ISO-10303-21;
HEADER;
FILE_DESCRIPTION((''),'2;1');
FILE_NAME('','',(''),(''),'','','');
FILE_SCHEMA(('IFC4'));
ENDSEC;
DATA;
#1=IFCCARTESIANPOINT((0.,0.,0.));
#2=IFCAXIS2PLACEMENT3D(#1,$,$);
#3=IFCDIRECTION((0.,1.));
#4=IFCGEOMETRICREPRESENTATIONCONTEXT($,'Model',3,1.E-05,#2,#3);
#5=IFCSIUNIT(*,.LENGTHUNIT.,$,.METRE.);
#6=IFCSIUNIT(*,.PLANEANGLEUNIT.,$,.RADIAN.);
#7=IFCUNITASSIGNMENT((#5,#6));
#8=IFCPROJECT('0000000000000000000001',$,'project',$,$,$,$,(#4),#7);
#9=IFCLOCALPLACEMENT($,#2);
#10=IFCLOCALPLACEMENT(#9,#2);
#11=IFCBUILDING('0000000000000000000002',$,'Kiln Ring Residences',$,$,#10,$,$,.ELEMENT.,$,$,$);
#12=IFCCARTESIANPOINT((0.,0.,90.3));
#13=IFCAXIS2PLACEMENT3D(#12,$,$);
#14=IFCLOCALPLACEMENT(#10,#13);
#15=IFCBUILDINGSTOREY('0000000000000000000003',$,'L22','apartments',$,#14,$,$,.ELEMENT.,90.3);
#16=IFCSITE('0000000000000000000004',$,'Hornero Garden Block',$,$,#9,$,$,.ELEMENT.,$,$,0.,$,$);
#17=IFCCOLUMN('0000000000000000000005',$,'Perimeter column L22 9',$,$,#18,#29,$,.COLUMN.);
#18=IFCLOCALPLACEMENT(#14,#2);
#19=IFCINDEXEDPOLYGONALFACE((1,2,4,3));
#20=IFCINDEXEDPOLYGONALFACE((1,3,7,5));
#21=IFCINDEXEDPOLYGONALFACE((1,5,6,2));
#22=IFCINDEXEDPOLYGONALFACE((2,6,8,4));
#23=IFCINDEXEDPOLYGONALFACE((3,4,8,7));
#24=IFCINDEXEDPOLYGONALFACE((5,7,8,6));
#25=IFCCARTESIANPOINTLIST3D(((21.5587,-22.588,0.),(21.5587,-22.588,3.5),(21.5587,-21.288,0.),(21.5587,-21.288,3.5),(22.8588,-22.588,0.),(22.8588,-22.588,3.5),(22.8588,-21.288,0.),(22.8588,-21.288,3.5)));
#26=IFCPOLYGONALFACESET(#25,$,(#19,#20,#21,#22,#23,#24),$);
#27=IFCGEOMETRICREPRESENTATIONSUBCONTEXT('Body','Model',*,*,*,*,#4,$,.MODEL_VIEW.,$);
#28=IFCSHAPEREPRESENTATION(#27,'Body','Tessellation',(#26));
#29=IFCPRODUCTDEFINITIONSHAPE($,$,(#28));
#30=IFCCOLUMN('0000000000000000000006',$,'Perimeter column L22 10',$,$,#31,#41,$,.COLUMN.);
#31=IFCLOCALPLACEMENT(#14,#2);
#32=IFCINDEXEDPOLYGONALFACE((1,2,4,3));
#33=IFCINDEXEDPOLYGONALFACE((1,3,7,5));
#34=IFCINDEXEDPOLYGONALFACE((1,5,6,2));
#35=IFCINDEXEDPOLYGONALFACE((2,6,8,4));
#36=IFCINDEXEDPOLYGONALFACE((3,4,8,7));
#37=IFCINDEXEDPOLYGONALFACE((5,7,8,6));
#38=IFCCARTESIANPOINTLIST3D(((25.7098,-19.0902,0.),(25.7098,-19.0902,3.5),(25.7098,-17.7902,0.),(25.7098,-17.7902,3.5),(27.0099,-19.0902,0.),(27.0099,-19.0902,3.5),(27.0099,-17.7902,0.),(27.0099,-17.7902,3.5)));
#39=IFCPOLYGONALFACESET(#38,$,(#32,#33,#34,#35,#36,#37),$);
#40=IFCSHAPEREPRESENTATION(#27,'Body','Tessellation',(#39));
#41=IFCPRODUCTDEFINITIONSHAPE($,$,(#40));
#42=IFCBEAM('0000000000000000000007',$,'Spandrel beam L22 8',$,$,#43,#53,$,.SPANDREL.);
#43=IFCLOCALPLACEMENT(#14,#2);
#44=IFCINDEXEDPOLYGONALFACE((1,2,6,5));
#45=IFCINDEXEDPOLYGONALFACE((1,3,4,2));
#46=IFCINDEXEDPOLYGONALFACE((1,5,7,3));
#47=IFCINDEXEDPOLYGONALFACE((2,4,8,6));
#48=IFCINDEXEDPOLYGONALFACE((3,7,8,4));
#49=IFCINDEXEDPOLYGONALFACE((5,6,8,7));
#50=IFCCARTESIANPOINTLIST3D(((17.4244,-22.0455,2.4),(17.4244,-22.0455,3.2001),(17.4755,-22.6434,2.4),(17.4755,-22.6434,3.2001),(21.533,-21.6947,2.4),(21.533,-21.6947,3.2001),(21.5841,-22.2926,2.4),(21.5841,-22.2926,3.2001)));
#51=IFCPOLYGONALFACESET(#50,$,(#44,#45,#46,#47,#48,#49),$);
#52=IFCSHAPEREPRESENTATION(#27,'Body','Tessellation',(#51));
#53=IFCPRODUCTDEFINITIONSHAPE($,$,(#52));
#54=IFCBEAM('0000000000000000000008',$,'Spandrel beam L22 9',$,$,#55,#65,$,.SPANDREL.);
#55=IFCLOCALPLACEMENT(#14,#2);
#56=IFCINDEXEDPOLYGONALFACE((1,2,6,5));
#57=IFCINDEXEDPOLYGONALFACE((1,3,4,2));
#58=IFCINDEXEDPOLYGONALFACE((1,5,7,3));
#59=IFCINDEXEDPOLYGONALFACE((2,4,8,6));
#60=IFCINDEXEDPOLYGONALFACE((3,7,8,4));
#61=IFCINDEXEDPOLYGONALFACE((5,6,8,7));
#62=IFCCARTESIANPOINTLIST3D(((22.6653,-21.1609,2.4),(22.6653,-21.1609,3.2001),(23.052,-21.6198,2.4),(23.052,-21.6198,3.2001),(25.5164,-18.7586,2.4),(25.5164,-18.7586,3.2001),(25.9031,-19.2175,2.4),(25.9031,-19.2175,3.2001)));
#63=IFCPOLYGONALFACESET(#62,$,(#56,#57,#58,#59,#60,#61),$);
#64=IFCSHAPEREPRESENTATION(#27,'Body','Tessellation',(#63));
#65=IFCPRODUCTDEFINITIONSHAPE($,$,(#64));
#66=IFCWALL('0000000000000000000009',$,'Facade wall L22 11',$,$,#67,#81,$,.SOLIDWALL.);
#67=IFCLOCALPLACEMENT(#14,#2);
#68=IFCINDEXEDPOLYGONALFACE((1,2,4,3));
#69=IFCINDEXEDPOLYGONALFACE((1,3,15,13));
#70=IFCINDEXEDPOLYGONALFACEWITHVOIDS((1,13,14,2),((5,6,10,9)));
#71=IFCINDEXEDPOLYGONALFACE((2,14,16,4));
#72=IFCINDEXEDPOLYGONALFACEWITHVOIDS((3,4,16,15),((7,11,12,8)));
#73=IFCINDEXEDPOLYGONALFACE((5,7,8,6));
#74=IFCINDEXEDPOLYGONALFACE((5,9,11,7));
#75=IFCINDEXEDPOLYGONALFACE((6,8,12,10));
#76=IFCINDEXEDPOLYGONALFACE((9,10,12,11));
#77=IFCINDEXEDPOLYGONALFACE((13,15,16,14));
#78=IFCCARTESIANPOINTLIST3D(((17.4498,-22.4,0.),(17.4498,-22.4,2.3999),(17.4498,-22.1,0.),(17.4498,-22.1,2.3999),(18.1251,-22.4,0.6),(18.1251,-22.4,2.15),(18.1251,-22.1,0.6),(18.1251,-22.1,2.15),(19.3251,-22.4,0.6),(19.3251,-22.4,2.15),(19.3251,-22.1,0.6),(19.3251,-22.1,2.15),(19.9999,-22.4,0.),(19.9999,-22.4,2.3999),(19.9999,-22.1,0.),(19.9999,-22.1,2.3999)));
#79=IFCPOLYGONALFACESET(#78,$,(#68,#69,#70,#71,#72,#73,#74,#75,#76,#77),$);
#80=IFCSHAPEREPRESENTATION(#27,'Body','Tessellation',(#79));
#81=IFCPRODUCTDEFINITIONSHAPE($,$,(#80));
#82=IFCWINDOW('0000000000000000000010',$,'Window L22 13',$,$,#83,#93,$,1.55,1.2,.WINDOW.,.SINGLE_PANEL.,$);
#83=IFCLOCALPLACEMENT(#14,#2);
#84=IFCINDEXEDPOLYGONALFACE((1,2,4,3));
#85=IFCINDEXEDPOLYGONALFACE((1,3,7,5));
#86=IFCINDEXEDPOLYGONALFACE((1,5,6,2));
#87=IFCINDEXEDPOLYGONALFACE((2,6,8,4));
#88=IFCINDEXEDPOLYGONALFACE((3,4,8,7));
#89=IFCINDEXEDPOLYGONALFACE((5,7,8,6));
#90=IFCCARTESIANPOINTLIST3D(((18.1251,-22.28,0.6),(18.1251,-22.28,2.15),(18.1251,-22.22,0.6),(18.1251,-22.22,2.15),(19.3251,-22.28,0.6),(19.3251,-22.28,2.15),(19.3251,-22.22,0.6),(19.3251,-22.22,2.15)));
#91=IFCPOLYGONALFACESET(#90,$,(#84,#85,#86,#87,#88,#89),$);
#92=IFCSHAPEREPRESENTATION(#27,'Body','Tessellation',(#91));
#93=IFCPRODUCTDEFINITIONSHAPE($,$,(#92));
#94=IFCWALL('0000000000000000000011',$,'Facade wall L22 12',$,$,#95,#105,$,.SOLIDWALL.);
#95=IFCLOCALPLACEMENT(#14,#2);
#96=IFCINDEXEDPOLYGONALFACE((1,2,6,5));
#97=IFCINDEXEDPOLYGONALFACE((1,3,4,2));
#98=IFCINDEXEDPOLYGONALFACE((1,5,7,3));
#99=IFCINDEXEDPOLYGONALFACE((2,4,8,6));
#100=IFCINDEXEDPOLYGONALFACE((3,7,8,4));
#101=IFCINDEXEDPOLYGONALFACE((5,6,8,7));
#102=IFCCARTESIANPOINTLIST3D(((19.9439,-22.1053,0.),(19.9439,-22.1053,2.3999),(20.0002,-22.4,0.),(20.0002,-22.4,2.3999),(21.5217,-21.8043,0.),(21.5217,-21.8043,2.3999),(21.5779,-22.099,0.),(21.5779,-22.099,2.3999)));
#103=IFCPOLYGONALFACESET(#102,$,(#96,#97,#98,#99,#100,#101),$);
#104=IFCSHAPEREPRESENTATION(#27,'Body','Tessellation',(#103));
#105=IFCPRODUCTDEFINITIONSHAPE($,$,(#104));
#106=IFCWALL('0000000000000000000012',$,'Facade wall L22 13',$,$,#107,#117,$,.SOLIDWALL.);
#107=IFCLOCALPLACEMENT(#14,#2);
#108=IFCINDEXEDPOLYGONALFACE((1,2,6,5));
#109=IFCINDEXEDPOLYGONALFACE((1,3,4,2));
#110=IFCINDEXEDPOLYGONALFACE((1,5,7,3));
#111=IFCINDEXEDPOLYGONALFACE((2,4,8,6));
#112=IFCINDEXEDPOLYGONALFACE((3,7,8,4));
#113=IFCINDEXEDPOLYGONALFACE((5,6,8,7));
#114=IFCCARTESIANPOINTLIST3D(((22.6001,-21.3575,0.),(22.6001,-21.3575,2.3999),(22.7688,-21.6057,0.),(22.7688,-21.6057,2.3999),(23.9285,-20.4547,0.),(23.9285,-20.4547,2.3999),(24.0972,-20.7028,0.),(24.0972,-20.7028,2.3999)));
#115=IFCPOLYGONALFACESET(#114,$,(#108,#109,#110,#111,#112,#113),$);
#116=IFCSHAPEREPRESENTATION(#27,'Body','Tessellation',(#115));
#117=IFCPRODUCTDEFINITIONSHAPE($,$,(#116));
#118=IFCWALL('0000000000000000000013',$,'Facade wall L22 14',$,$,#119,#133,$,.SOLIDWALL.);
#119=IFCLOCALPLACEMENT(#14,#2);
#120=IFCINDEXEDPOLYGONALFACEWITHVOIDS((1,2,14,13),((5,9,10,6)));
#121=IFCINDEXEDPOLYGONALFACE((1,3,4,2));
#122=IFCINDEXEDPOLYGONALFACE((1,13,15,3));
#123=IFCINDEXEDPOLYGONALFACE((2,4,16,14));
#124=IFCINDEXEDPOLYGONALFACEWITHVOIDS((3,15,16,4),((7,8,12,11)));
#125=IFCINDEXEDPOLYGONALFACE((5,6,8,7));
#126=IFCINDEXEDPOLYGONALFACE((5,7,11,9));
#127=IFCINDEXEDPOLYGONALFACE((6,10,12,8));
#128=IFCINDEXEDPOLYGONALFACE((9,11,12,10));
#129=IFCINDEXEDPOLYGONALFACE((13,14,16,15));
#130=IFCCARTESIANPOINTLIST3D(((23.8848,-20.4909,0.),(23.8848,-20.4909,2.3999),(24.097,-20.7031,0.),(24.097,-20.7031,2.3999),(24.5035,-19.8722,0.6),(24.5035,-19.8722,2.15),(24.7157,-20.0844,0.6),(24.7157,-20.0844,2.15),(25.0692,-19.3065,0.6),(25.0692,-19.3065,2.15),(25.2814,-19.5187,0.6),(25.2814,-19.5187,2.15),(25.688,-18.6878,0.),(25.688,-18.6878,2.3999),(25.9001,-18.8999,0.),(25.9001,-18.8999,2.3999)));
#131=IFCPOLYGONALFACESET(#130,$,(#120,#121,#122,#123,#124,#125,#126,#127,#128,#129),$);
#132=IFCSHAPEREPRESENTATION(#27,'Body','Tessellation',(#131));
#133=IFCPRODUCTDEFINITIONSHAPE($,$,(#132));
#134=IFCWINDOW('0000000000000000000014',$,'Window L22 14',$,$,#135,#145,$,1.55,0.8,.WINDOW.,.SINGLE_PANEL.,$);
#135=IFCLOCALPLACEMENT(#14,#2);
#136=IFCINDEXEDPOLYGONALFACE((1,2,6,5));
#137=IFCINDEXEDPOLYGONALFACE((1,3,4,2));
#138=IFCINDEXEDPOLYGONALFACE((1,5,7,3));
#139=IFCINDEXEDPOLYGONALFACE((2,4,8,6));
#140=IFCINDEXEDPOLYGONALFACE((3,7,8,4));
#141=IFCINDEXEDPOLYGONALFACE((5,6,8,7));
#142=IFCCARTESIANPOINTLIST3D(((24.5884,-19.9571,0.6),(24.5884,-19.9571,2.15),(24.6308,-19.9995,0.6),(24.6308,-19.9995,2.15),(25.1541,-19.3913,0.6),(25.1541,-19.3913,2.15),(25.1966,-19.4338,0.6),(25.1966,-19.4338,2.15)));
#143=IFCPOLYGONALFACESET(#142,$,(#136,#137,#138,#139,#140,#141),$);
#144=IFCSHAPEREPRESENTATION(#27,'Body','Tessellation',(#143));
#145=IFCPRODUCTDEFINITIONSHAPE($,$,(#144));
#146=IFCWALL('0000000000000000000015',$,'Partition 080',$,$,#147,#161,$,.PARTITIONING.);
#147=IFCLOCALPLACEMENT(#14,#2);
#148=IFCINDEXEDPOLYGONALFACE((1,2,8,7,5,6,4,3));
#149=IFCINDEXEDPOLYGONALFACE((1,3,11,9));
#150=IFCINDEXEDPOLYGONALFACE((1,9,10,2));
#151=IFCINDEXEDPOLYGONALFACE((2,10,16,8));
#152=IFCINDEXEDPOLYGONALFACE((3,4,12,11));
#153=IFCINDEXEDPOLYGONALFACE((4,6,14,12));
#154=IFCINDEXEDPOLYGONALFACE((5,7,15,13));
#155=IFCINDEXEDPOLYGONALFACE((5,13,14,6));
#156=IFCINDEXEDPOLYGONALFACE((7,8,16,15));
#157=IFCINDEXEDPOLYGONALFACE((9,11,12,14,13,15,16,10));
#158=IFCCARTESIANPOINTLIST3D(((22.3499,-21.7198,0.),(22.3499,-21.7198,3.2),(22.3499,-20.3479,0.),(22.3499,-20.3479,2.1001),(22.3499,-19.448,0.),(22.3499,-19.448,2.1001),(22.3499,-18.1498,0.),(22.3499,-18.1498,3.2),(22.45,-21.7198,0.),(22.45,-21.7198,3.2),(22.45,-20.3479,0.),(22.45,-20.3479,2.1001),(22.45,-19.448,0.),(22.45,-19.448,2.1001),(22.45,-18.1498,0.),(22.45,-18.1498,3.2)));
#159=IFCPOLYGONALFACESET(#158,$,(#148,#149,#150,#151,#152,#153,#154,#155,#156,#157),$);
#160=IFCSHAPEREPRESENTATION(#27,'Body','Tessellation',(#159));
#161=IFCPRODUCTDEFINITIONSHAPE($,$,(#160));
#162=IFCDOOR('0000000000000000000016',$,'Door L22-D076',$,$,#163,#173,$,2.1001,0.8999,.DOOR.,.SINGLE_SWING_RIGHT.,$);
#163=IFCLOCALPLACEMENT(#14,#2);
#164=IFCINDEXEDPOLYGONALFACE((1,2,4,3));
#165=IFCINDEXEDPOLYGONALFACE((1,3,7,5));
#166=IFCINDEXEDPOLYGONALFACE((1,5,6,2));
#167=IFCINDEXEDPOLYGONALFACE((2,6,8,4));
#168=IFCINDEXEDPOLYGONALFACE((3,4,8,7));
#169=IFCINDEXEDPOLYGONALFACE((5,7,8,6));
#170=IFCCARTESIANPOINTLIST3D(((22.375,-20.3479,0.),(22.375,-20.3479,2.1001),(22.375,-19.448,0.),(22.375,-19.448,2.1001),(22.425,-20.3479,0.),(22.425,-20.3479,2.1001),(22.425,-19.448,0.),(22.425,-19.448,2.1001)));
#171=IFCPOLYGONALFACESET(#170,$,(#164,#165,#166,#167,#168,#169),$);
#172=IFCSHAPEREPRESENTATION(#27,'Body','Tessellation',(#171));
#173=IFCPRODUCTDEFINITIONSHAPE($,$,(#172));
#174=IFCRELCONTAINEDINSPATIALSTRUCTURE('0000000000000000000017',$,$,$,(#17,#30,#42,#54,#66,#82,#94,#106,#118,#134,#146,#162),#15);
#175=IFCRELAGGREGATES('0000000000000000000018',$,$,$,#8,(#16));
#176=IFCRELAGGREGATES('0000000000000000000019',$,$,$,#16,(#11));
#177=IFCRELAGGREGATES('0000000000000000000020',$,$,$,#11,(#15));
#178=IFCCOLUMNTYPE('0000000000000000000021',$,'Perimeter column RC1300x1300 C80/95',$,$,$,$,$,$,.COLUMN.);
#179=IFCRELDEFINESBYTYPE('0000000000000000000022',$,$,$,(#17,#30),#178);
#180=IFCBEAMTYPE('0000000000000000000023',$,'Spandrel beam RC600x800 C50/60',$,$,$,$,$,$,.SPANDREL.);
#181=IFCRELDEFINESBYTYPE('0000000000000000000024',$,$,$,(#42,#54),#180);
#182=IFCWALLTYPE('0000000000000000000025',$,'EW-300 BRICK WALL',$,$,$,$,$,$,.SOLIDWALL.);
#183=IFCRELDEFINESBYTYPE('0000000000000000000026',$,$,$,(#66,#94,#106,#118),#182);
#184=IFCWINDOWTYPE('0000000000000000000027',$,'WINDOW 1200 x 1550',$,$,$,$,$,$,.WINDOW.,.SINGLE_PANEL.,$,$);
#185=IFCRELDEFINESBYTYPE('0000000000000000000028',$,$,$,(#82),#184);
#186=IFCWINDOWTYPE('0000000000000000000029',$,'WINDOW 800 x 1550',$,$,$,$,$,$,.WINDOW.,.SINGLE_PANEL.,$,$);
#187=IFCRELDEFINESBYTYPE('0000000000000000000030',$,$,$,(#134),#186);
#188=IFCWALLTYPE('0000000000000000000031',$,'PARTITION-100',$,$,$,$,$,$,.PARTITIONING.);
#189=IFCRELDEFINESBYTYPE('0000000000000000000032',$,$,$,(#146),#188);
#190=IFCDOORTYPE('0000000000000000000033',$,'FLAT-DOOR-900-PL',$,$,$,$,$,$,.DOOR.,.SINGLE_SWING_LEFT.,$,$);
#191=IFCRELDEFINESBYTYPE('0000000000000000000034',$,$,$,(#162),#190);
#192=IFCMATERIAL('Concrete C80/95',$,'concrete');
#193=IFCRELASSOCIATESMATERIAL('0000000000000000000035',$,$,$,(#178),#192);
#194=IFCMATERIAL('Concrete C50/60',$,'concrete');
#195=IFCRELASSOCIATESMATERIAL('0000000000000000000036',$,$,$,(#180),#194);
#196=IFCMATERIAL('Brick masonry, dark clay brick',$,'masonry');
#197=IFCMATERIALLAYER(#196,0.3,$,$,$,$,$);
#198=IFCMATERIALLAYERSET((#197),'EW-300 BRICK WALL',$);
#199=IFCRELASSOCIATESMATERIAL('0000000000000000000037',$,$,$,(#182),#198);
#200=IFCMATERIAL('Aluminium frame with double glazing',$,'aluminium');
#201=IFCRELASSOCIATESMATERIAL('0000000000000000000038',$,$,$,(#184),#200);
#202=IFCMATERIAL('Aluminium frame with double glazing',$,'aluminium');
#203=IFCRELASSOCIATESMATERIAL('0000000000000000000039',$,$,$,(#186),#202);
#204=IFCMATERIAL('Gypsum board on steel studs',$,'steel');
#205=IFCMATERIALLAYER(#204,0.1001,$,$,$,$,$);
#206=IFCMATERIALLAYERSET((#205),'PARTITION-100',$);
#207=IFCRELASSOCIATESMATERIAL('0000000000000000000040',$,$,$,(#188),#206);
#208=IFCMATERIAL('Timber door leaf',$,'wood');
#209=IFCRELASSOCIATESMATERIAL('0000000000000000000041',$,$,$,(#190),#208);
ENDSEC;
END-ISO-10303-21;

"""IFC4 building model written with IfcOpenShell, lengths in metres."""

from ifc_helpers import new_model, si_unit, direction, frame, frame_2d, origin, origin_2d, place, context, subcontext, project, spatial, rectangle, extrude, material, layer, layer_set, material_profile, profile_set, type_object, element, fill, save


model = new_model("IFC4")

# Units and contexts
model_context = context("Model", 3, precision=1e-05, world=origin(), true_north=direction((0.0, 1.0)))
body_context = subcontext(model_context, "Body", "Model", "MODEL_VIEW")
ifc_project = project(units=[si_unit("LENGTHUNIT", "METRE"), si_unit("PLANEANGLEUNIT", "RADIAN")], contexts=[model_context])

# Site, building, storey
site_placement = place(None, origin())
site = spatial("IfcSite", under=ifc_project, at=site_placement, Name="Hornero Garden Block", CompositionType="ELEMENT", RefElevation=0.0)
building_placement = place(site_placement, origin())
building = spatial("IfcBuilding", under=site, at=building_placement, Name="Kiln Ring Residences", CompositionType="ELEMENT")
storey_placement = place(building_placement, frame((0.0, 0.0, 90.3)))
storey = spatial("IfcBuildingStorey", under=building, at=storey_placement, Name="L22", Description="apartments", CompositionType="ELEMENT", Elevation=90.3)

# Columns
ifc_material_1 = material(Name="Concrete C80/95", Category="concrete")
ifc_material_profile_1 = material_profile(ifc_material_1, rectangle(XDim=1.3, YDim=1.3, at=origin_2d()), Name="RC1300x1300")
ifc_profile_set_1 = profile_set([ifc_material_profile_1], Name="Concrete C80/95")
column_type = type_object("IfcColumnType", Name="Perimeter column RC1300x1300 C80/95", PredefinedType="COLUMN", material=ifc_profile_set_1)
for number, where, z_axis, x_axis, name in (
    (1, (22.2087, -21.938, 0.0), (0.0, 0.0, 1.0), (1.0, 0.0, 0.0), "Perimeter column L22 9"),
    (2, (26.3599, -18.4402, 0.0), (0.0, 0.0, 1.0), (1.0, 0.0, 0.0), "Perimeter column L22 10"),
):
    element("IfcColumn", number, at=place(storey_placement, frame(where, z_axis=z_axis, x_axis=x_axis)), inside=storey, type_object=column_type, Name=name, PredefinedType="COLUMN", context=body_context, shape_type="SweptSolid", body=[
        extrude(rectangle(XDim=1.3, YDim=1.3, at=origin_2d()), origin(), (0.0, 0.0, 1.0), 3.5),
    ])

# Beams
ifc_material_2 = material(Name="Concrete C50/60", Category="concrete")
ifc_material_profile_2 = material_profile(ifc_material_2, rectangle(XDim=0.6001, YDim=0.8, at=origin_2d()), Name="RC600x800")
ifc_profile_set_2 = profile_set([ifc_material_profile_2], Name="Concrete C50/60")
beam_type = type_object("IfcBeamType", Name="Spandrel beam RC600x800 C50/60", PredefinedType="SPANDREL", material=ifc_profile_set_2)
beam_1_placement = place(storey_placement, frame((17.45, -22.3445, 2.8), z_axis=(0.996374, 0.085079, 0.0), x_axis=(-0.085079, 0.996374, 0.0)))
element("IfcBeam", 3, at=beam_1_placement, inside=storey, type_object=beam_type, Name="Spandrel beam L22 8", PredefinedType="SPANDREL", context=body_context, shape_type="SweptSolid", body=[
    extrude(rectangle(XDim=0.6001, YDim=0.8, at=origin_2d()), origin(), (0.0, 0.0, 1.0), 4.1235),
])
beam_2_placement = place(storey_placement, frame((22.8586, -21.3904, 2.8), z_axis=(0.764721, 0.644362, 0.0), x_axis=(-0.644362, 0.764721, 0.0)))
element("IfcBeam", 4, at=beam_2_placement, inside=storey, type_object=beam_type, Name="Spandrel beam L22 9", PredefinedType="SPANDREL", context=body_context, shape_type="SweptSolid", body=[
    extrude(rectangle(XDim=0.6001, YDim=0.8, at=origin_2d()), origin(), (0.0, 0.0, 1.0), 3.7283),
])

# Wall, opening, window
ifc_material_3 = material(Name="Brick masonry, dark clay brick", Category="masonry")
ifc_layer_1 = layer(ifc_material_3, 0.3)
ifc_layer_set_1 = layer_set([ifc_layer_1], Name="EW-300 BRICK WALL")
wall_type_1 = type_object("IfcWallType", Name="EW-300 BRICK WALL", PredefinedType="SOLIDWALL", material=ifc_layer_set_1)
wall_1_placement = place(storey_placement, frame((17.45, -22.25, 0.0), z_axis=(0.0, 0.0, 1.0), x_axis=(1.0, 0.0, 0.0)))
wall_1 = element("IfcWall", 5, at=wall_1_placement, inside=storey, type_object=wall_type_1, Name="Facade wall L22 11", PredefinedType="SOLIDWALL", context=body_context, shape_type="SweptSolid", body=[
    extrude(rectangle(XDim=2.55, YDim=0.3, at=frame_2d((1.2749, 0.0))), origin(), (0.0, 0.0, 1.0), 2.3999),
])
opening_1_placement = place(wall_1_placement, frame((0.675, 0.0, 0.6001)))
opening_1 = element("IfcOpeningElement", 6, at=opening_1_placement, cuts=wall_1, PredefinedType="OPENING", context=body_context, shape_type="SweptSolid", body=[
    extrude(rectangle(XDim=1.2, YDim=1.55, at=frame_2d((0.6001, 0.7749))), frame((0.0, 0.1599, 0.0), z_axis=(0.0, -1.0, 0.0), x_axis=(1.0, 0.0, 0.0)), (0.0, 0.0, 1.0), 0.3201),
])
ifc_material_4 = material(Name="Aluminium frame with double glazing", Category="aluminium")
window_type_1 = type_object("IfcWindowType", Name="WINDOW 1200 x 1550", PartitioningType="SINGLE_PANEL", PredefinedType="WINDOW", material=ifc_material_4)
window_1_placement = place(opening_1_placement, origin())
window_1 = element("IfcWindow", 7, at=window_1_placement, inside=storey, type_object=window_type_1, Name="Window L22 13", OverallHeight=1.55, OverallWidth=1.2, PartitioningType="SINGLE_PANEL", PredefinedType="WINDOW", context=body_context, shape_type="SweptSolid", body=[
    extrude(rectangle(XDim=1.2, YDim=1.55, at=frame_2d((0.6001, 0.7749))), frame((0.0, 0.03, 0.0), z_axis=(0.0, -1.0, 0.0), x_axis=(1.0, 0.0, 0.0)), (0.0, 0.0, 1.0), 0.0601),
])
fill(opening_1, window_1)

# Walls
for number, where, z_axis, x_axis, name in (
    (8, (19.9719, -22.2527, 0.0), (0.0, 0.0, 1.0), (0.982279, 0.187426, 0.0), "Facade wall L22 12"),
    (9, (22.6843, -21.4817, 0.0), (0.0, 0.0, 1.0), (0.827059, 0.562115, 0.0), "Facade wall L22 13"),
):
    element("IfcWall", number, at=place(storey_placement, frame(where, z_axis=z_axis, x_axis=x_axis)), inside=storey, type_object=wall_type_1, Name=name, PredefinedType="SOLIDWALL", context=body_context, shape_type="SweptSolid", body=[
        extrude(rectangle(XDim=1.6062, YDim=0.3, at=frame_2d((0.8032, 0.0))), origin(), (0.0, 0.0, 1.0), 2.3999),
    ])

# Wall, opening, window
wall_2_placement = place(storey_placement, frame((23.991, -20.5969, 0.0), z_axis=(0.0, 0.0, 1.0), x_axis=(0.707107, 0.707107, 0.0)))
wall_2 = element("IfcWall", 10, at=wall_2_placement, inside=storey, type_object=wall_type_1, Name="Facade wall L22 14", PredefinedType="SOLIDWALL", context=body_context, shape_type="SweptSolid", body=[
    extrude(rectangle(XDim=2.55, YDim=0.3, at=frame_2d((1.2749, 0.0))), origin(), (0.0, 0.0, 1.0), 2.3999),
])
opening_2_placement = place(wall_2_placement, frame((0.875, 0.0, 0.6001)))
opening_2 = element("IfcOpeningElement", 11, at=opening_2_placement, cuts=wall_2, PredefinedType="OPENING", context=body_context, shape_type="SweptSolid", body=[
    extrude(rectangle(XDim=0.8, YDim=1.55, at=frame_2d((0.3999, 0.7749))), frame((0.0, 0.1599, 0.0), z_axis=(0.0, -1.0, 0.0), x_axis=(1.0, 0.0, 0.0)), (0.0, 0.0, 1.0), 0.3201),
])
ifc_material_5 = material(Name="Aluminium frame with double glazing", Category="aluminium")
window_type_2 = type_object("IfcWindowType", Name="WINDOW 800 x 1550", PartitioningType="SINGLE_PANEL", PredefinedType="WINDOW", material=ifc_material_5)
window_2_placement = place(opening_2_placement, origin())
window_2 = element("IfcWindow", 12, at=window_2_placement, inside=storey, type_object=window_type_2, Name="Window L22 14", OverallHeight=1.55, OverallWidth=0.8, PartitioningType="SINGLE_PANEL", PredefinedType="WINDOW", context=body_context, shape_type="SweptSolid", body=[
    extrude(rectangle(XDim=0.8, YDim=1.55, at=frame_2d((0.3999, 0.7749))), frame((0.0, 0.03, 0.0), z_axis=(0.0, -1.0, 0.0), x_axis=(1.0, 0.0, 0.0)), (0.0, 0.0, 1.0), 0.0601),
])
fill(opening_2, window_2)

# Wall, opening, door
ifc_material_6 = material(Name="Gypsum board on steel studs", Category="steel")
ifc_layer_2 = layer(ifc_material_6, 0.1001)
ifc_layer_set_2 = layer_set([ifc_layer_2], Name="PARTITION-100")
wall_type_2 = type_object("IfcWallType", Name="PARTITION-100", PredefinedType="PARTITIONING", material=ifc_layer_set_2)
wall_3_placement = place(storey_placement, frame((22.3999, -21.72, 0.0), z_axis=(0.0, 0.0, 1.0), x_axis=(0.0, 1.0, 0.0)))
wall_3 = element("IfcWall", 13, at=wall_3_placement, inside=storey, type_object=wall_type_2, Name="Partition 080", PredefinedType="PARTITIONING", context=body_context, shape_type="SweptSolid", body=[
    extrude(rectangle(XDim=3.5701, YDim=0.1001, at=frame_2d((1.7852, 0.0))), origin(), (0.0, 0.0, 1.0), 3.2),
])
opening_3_placement = place(wall_3_placement, frame((1.3721, 0.0, 0.0)))
opening_3 = element("IfcOpeningElement", 14, at=opening_3_placement, cuts=wall_3, PredefinedType="OPENING", context=body_context, shape_type="SweptSolid", body=[
    extrude(rectangle(XDim=0.8999, YDim=2.1001, at=frame_2d((0.45, 1.05))), frame((0.0, 0.0601, 0.0), z_axis=(0.0, -1.0, 0.0), x_axis=(1.0, 0.0, 0.0)), (0.0, 0.0, 1.0), 0.1201),
])
ifc_material_7 = material(Name="Timber door leaf", Category="wood")
door_type = type_object("IfcDoorType", Name="FLAT-DOOR-900-PL", OperationType="SINGLE_SWING_LEFT", PredefinedType="DOOR", material=ifc_material_7)
door_placement = place(opening_3_placement, origin())
door = element("IfcDoor", 15, at=door_placement, inside=storey, type_object=door_type, Name="Door L22-D076", OperationType="SINGLE_SWING_RIGHT", OverallHeight=2.1001, OverallWidth=0.8999, PredefinedType="DOOR", context=body_context, shape_type="SweptSolid", body=[
    extrude(rectangle(XDim=0.8999, YDim=2.1001, at=frame_2d((0.45, 1.05))), frame((0.0, 0.0249, 0.0), z_axis=(0.0, -1.0, 0.0), x_axis=(1.0, 0.0, 0.0)), (0.0, 0.0, 1.0), 0.05),
])
fill(opening_3, door)

save(model, "model.ifc")
